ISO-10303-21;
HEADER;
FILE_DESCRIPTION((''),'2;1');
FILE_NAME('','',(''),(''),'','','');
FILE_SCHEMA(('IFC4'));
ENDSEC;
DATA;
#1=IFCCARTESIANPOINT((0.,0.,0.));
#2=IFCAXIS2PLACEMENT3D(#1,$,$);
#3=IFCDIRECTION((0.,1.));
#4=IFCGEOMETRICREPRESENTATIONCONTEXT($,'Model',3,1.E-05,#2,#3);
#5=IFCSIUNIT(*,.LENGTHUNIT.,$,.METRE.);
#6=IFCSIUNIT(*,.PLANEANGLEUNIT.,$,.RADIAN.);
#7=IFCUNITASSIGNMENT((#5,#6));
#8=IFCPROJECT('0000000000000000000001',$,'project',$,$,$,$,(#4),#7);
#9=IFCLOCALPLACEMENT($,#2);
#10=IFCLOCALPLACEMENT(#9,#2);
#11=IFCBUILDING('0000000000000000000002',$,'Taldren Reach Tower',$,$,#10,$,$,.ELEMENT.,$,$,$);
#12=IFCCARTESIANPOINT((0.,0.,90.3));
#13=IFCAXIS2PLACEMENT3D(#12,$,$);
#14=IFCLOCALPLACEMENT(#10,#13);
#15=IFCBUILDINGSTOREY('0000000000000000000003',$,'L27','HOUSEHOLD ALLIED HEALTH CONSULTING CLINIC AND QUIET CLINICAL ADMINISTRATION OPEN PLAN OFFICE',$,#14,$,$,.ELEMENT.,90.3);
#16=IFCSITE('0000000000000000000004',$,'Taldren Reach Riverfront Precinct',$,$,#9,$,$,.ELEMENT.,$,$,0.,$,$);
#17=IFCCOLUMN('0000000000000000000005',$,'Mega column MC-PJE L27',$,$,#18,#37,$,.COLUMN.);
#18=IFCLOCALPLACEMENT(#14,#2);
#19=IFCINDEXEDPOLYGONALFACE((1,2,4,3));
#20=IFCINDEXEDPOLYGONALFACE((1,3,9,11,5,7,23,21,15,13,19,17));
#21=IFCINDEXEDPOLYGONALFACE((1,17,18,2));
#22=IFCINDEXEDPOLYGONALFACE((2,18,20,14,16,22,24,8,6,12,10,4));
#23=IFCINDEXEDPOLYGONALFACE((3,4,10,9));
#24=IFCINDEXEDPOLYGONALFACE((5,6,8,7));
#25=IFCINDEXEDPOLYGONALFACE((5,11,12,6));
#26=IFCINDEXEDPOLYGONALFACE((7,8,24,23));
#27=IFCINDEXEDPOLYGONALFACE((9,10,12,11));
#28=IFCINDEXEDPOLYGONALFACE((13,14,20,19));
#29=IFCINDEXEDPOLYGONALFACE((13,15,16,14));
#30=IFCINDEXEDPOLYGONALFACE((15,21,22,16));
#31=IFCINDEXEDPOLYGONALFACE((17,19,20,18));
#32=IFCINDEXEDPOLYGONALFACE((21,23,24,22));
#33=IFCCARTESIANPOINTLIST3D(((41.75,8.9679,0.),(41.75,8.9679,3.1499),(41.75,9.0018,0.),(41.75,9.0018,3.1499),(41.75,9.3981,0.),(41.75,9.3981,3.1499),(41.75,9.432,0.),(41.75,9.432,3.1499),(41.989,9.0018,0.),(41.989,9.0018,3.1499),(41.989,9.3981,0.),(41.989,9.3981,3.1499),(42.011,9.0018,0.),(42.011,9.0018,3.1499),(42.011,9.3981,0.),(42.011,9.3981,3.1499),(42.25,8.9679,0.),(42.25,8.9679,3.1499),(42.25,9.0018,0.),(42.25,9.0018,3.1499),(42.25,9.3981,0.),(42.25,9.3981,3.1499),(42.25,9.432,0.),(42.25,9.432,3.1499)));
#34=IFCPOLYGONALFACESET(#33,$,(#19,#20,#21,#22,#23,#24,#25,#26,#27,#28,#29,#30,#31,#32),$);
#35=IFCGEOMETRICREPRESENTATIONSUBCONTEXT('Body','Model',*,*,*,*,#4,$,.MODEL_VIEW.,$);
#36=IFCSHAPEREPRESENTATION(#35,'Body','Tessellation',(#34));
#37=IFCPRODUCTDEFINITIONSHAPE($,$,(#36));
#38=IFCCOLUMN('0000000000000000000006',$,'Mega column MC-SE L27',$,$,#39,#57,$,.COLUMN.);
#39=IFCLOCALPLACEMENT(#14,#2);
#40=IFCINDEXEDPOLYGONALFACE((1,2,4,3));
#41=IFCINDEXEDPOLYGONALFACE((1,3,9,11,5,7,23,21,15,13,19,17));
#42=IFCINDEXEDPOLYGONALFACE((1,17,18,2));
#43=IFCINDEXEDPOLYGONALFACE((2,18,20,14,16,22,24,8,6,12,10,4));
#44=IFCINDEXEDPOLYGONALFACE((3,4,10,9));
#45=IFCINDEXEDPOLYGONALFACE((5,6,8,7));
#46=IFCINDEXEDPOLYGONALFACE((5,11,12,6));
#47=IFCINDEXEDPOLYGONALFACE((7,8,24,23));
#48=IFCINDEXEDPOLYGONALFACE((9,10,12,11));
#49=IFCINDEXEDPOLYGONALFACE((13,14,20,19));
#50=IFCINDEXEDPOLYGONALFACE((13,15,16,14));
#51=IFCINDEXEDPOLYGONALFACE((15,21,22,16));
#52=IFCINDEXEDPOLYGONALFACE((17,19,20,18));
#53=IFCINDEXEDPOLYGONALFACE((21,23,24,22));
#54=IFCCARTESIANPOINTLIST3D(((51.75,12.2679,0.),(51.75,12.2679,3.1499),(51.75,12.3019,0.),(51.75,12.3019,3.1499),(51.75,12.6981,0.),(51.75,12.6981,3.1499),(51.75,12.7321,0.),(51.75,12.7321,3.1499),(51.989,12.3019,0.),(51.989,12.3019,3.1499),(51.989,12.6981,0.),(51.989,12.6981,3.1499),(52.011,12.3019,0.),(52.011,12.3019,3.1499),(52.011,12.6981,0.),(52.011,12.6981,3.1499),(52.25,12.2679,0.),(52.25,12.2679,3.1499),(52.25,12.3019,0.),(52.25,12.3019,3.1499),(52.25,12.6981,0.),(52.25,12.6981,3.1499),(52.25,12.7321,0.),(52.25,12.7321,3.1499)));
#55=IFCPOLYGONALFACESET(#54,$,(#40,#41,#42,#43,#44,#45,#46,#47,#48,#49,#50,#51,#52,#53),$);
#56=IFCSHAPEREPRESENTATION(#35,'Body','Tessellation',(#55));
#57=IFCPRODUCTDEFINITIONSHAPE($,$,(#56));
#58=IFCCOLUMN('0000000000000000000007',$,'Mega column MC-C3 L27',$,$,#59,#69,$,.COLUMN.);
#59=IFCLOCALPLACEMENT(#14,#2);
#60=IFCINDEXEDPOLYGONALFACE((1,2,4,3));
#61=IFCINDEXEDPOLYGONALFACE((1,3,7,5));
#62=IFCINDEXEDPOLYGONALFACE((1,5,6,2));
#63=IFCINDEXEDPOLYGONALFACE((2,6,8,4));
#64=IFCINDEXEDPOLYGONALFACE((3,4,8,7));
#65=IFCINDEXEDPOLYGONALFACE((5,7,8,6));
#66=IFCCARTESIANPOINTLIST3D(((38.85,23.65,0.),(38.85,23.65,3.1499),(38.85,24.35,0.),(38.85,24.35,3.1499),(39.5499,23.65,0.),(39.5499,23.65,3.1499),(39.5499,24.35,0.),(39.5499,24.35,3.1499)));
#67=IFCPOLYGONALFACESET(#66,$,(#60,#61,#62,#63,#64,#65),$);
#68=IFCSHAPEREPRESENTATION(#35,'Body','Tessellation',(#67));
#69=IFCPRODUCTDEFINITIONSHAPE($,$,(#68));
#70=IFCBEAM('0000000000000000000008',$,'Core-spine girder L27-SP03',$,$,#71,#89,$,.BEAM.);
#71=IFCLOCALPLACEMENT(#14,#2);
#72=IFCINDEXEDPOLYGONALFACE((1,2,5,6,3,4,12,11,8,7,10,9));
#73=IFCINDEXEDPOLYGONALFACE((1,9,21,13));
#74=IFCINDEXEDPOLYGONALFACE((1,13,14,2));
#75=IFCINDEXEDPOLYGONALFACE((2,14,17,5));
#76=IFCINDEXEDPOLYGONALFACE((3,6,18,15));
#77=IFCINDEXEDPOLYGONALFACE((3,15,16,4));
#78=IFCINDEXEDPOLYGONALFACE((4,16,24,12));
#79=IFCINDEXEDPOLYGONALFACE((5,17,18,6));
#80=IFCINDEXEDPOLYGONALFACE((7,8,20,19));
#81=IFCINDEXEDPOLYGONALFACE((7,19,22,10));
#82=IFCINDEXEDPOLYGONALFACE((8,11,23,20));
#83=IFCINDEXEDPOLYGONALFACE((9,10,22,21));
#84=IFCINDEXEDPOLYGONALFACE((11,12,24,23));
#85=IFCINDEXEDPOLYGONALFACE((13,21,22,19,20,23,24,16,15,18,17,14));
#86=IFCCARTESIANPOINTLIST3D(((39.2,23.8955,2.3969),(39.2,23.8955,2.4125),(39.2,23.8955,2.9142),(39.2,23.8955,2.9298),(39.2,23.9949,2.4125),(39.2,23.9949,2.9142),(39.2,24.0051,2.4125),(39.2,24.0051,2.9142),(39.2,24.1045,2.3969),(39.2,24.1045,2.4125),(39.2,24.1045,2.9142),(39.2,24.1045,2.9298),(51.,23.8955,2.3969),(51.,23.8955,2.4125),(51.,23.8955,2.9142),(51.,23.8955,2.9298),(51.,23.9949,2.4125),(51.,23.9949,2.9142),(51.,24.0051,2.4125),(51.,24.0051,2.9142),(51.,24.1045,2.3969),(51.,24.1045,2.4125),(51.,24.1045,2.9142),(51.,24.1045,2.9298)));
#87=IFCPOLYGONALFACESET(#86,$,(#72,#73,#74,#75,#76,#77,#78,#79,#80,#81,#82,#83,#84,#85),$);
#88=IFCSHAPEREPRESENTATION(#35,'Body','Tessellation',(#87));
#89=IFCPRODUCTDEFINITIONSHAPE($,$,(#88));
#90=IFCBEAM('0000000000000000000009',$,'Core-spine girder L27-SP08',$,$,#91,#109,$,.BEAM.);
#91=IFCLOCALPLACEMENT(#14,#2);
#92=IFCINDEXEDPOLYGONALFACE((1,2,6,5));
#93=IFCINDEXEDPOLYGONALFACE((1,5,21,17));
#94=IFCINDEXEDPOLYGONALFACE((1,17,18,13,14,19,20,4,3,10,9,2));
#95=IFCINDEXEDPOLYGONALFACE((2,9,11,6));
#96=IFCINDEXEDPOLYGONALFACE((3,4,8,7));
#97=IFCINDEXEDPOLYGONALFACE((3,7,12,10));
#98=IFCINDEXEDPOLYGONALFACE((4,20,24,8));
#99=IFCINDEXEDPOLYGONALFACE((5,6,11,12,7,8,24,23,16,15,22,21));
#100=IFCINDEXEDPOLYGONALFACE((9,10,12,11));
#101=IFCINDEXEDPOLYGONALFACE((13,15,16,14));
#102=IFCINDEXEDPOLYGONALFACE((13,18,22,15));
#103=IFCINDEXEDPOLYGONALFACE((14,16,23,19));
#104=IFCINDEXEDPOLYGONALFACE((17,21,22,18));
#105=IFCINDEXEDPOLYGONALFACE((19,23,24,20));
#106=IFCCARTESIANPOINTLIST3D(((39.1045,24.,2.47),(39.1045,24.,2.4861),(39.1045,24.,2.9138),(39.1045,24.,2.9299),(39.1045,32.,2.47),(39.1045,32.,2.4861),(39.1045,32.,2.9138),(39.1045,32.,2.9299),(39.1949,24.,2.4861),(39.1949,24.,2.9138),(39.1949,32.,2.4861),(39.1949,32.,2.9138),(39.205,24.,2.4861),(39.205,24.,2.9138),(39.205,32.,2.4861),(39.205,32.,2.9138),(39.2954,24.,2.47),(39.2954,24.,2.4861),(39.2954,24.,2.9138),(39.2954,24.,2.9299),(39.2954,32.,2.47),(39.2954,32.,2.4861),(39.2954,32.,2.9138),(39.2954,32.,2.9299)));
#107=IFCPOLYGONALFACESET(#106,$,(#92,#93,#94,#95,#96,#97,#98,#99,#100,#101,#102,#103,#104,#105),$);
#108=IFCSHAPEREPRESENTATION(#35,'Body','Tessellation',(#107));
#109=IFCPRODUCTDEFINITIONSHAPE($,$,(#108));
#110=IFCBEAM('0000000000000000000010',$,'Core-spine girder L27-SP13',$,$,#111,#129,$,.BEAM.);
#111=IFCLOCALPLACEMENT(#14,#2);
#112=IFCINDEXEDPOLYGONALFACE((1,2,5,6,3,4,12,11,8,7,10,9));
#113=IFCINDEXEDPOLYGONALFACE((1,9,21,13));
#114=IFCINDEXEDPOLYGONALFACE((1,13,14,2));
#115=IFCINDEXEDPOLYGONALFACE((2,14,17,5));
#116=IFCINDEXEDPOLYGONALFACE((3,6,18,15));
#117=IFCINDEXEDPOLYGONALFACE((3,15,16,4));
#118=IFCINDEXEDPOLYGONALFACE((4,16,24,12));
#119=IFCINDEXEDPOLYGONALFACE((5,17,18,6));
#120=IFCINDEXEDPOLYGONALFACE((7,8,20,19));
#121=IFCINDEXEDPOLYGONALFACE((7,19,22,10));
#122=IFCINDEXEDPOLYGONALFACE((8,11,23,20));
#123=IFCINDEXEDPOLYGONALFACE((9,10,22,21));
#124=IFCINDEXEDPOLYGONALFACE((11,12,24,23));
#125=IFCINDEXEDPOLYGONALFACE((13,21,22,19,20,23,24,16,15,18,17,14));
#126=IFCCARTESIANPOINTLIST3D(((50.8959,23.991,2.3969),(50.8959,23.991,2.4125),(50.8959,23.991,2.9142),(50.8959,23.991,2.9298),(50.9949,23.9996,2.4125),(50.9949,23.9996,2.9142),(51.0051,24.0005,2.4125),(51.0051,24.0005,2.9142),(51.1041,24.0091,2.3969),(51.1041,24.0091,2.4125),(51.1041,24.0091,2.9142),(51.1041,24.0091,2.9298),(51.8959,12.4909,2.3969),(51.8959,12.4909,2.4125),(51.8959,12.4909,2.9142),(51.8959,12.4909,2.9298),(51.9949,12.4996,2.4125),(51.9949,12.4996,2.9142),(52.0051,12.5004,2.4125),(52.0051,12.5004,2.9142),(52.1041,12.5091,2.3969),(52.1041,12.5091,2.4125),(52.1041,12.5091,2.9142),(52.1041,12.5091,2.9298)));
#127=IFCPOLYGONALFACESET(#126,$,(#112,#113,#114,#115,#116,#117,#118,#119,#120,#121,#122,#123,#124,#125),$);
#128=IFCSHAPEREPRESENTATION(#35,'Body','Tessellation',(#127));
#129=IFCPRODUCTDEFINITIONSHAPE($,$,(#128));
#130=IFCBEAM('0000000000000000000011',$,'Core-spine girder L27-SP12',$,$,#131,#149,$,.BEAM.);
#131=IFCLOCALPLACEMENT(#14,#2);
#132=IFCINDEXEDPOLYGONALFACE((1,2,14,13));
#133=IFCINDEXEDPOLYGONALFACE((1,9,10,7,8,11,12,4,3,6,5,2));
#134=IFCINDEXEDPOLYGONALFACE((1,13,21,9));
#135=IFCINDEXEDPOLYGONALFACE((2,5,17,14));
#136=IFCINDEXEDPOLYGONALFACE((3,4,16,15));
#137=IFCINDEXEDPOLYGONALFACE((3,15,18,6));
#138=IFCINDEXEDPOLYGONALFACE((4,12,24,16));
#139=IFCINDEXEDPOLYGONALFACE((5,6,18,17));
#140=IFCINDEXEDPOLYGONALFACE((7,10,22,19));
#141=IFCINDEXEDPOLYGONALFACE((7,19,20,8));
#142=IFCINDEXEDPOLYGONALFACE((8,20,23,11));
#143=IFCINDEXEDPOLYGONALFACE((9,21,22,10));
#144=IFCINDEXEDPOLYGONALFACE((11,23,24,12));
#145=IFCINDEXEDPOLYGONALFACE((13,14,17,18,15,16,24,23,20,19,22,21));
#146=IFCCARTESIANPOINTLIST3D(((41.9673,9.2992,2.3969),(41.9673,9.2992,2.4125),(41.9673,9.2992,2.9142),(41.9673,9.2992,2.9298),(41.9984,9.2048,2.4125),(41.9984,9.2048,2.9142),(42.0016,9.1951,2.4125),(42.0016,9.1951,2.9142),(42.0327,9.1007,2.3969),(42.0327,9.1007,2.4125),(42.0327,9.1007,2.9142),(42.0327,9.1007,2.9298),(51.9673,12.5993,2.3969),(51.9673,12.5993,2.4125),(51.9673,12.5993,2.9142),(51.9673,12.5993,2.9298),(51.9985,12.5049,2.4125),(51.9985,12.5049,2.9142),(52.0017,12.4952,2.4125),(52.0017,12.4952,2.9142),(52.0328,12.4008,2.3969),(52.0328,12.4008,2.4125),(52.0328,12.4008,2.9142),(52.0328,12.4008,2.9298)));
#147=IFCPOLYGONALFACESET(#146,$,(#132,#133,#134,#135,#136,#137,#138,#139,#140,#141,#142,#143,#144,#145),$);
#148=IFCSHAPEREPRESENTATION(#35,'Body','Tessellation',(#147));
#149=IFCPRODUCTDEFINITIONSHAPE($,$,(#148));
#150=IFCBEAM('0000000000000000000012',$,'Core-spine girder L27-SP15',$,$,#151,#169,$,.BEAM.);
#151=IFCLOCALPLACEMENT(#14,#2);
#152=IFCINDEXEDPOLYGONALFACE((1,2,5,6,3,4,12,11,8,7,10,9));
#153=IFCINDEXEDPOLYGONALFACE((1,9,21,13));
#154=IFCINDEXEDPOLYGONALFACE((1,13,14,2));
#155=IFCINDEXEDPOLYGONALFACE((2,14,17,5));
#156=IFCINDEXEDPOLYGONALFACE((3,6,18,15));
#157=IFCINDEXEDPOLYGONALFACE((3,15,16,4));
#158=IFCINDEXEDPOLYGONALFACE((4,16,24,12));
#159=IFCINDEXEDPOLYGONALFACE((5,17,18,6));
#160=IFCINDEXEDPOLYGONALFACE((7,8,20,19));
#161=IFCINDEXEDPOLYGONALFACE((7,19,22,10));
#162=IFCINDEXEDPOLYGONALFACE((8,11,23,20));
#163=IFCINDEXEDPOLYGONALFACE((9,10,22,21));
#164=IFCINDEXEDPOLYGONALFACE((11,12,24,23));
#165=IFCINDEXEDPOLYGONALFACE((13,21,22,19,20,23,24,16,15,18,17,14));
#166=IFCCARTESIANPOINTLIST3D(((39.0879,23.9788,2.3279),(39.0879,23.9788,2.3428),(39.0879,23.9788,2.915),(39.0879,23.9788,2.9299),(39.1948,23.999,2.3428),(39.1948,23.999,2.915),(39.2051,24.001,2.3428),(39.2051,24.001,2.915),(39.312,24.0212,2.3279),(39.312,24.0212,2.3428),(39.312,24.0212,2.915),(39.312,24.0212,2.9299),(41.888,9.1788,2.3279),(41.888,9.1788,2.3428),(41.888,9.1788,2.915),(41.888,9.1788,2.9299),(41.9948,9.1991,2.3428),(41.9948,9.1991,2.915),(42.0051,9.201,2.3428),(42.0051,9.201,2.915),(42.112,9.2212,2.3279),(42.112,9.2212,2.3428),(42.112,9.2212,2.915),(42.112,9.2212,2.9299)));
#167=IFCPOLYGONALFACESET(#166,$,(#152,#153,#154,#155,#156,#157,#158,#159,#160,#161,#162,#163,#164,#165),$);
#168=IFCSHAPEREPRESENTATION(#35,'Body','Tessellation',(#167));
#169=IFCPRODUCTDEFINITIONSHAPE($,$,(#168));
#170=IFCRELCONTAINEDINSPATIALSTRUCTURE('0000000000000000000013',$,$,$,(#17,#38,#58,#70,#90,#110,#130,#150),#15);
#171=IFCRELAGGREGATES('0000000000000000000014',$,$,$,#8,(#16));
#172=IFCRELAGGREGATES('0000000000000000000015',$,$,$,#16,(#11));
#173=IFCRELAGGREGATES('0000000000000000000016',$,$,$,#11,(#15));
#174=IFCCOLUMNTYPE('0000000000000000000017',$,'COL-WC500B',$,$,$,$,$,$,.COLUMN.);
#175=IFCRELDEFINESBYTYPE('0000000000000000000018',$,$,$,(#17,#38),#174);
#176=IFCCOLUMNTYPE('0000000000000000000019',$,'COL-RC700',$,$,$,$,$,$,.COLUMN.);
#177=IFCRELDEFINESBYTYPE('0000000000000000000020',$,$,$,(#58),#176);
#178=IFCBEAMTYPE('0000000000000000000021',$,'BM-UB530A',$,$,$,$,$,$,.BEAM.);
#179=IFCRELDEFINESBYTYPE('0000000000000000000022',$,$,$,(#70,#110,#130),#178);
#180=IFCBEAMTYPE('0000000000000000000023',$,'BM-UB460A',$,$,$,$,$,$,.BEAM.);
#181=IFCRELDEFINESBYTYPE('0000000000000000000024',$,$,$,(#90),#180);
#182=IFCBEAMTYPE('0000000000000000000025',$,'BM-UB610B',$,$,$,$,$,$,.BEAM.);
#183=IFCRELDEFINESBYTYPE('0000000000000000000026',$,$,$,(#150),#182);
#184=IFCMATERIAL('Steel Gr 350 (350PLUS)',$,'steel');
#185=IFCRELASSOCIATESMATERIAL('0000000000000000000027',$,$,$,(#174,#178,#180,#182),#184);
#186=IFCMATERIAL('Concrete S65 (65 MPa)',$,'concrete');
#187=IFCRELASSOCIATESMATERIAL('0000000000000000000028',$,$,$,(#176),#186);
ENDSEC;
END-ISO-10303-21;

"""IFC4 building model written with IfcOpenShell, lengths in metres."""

from ifc_helpers import new_model, si_unit, direction, frame, origin, origin_2d, place, context, subcontext, project, spatial, rectangle, i_section, extrude, source, transform, mapped, material, material_profile, profile_set, type_object, element, save


model = new_model("IFC4")

# Units and contexts
model_context = context("Model", 3, precision=1e-05, world=origin(), true_north=direction((0.0, 1.0)))
body_context = subcontext(model_context, "Body", "Model", "MODEL_VIEW")
ifc_project = project(units=[si_unit("LENGTHUNIT", "METRE"), si_unit("PLANEANGLEUNIT", "RADIAN")], contexts=[model_context])

# Site, building, storey
site_placement = place(None, origin())
site = spatial("IfcSite", under=ifc_project, at=site_placement, Name="Taldren Reach Riverfront Precinct", CompositionType="ELEMENT", RefElevation=0.0)
building_placement = place(site_placement, origin())
building = spatial("IfcBuilding", under=site, at=building_placement, Name="Taldren Reach Tower", CompositionType="ELEMENT")
storey_placement = place(building_placement, frame((0.0, 0.0, 90.3)))
storey = spatial("IfcBuildingStorey", under=building, at=storey_placement, Name="L27", Description="HOUSEHOLD ALLIED HEALTH CONSULTING CLINIC AND QUIET CLINICAL ADMINISTRATION OPEN PLAN OFFICE", CompositionType="ELEMENT", Elevation=90.3)

# Columns
ifc_material_1 = material(Name="Steel Gr 350 (350PLUS)", Category="steel")
ifc_material_profile_1 = material_profile(ifc_material_1, i_section(OverallWidth=0.5, OverallDepth=0.4641, WebThickness=0.022, FlangeThickness=0.0339, at=origin_2d()), Name="500WC340")
ifc_profile_set_1 = profile_set([ifc_material_profile_1], Name="Steel Gr 350 (350PLUS)")
column_type_1 = type_object("IfcColumnType", Name="COL-WC500B", PredefinedType="COLUMN", material=ifc_profile_set_1)
shared_shape_1 = source(origin(), body_context, "Body", "SweptSolid", [
    extrude(i_section(OverallWidth=0.5, OverallDepth=0.4641, WebThickness=0.022, FlangeThickness=0.0339, at=origin_2d()), origin(), (0.0, 0.0, 1.0), 3.1499),
])
for number, where, z_axis, x_axis, name in (
    (1, (42.0, 9.2, 0.0), (0.0, 0.0, 1.0), (1.0, 0.0, 0.0), "Mega column MC-PJE L27"),
    (2, (52.0, 12.5, 0.0), (0.0, 0.0, 1.0), (1.0, 0.0, 0.0), "Mega column MC-SE L27"),
):
    element("IfcColumn", number, at=place(storey_placement, frame(where, z_axis=z_axis, x_axis=x_axis)), inside=storey, type_object=column_type_1, Name=name, PredefinedType="COLUMN", context=body_context, shape_type="MappedRepresentation", body=[
        mapped(shared_shape_1, transform((0.0, 0.0, 0.0), scale=1.0)),
    ])
ifc_material_2 = material(Name="Concrete S65 (65 MPa)", Category="concrete")
ifc_material_profile_2 = material_profile(ifc_material_2, rectangle(XDim=0.7, YDim=0.7, at=origin_2d()), Name="RC-700x700")
ifc_profile_set_2 = profile_set([ifc_material_profile_2], Name="Concrete S65 (65 MPa)")
column_type_2 = type_object("IfcColumnType", Name="COL-RC700", PredefinedType="COLUMN", material=ifc_profile_set_2)
shared_shape_2 = source(origin(), body_context, "Body", "SweptSolid", [
    extrude(rectangle(XDim=0.7, YDim=0.7, at=origin_2d()), origin(), (0.0, 0.0, 1.0), 3.1499),
])
column_placement = place(storey_placement, frame((39.2, 24.0, 0.0), z_axis=(0.0, 0.0, 1.0), x_axis=(1.0, 0.0, 0.0)))
element("IfcColumn", 3, at=column_placement, inside=storey, type_object=column_type_2, Name="Mega column MC-C3 L27", PredefinedType="COLUMN", context=body_context, shape_type="MappedRepresentation", body=[
    mapped(shared_shape_2, transform((0.0, 0.0, 0.0), scale=1.0)),
])

# Beams
ifc_material_profile_3 = material_profile(ifc_material_1, i_section(OverallWidth=0.209, OverallDepth=0.533, WebThickness=0.0103, FlangeThickness=0.0156, at=origin_2d()), Name="530UB92.4")
ifc_profile_set_3 = profile_set([ifc_material_profile_3], Name="Steel Gr 350 (350PLUS)")
beam_type_1 = type_object("IfcBeamType", Name="BM-UB530A", PredefinedType="BEAM", material=ifc_profile_set_3)
shared_shape_3 = source(origin(), body_context, "Body", "SweptSolid", [
    extrude(i_section(OverallWidth=0.209, OverallDepth=0.533, WebThickness=0.0103, FlangeThickness=0.0156, at=origin_2d()), origin(), (0.0, 0.0, 1.0), 11.8),
])
beam_1_placement = place(storey_placement, frame((39.2, 24.0, 2.6633), z_axis=(1.0, 0.0, 0.0), x_axis=(0.0, 1.0, 0.0)))
element("IfcBeam", 4, at=beam_1_placement, inside=storey, type_object=beam_type_1, Name="Core-spine girder L27-SP03", PredefinedType="BEAM", context=body_context, shape_type="MappedRepresentation", body=[
    mapped(shared_shape_3, transform((0.0, 0.0, 0.0), scale=1.0)),
])
ifc_material_profile_4 = material_profile(ifc_material_1, i_section(OverallWidth=0.1909, OverallDepth=0.46, WebThickness=0.01, FlangeThickness=0.0161, at=origin_2d()), Name="460UB82.1")
ifc_profile_set_4 = profile_set([ifc_material_profile_4], Name="Steel Gr 350 (350PLUS)")
beam_type_2 = type_object("IfcBeamType", Name="BM-UB460A", PredefinedType="BEAM", material=ifc_profile_set_4)
shared_shape_4 = source(origin(), body_context, "Body", "SweptSolid", [
    extrude(i_section(OverallWidth=0.1909, OverallDepth=0.46, WebThickness=0.01, FlangeThickness=0.0161, at=origin_2d()), origin(), (0.0, 0.0, 1.0), 8.0),
])
beam_2_placement = place(storey_placement, frame((39.2, 24.0, 2.7), z_axis=(0.0, 1.0, 0.0), x_axis=(-1.0, 0.0, 0.0)))
element("IfcBeam", 5, at=beam_2_placement, inside=storey, type_object=beam_type_2, Name="Core-spine girder L27-SP08", PredefinedType="BEAM", context=body_context, shape_type="MappedRepresentation", body=[
    mapped(shared_shape_4, transform((0.0, 0.0, 0.0), scale=1.0)),
])
shared_shape_5 = source(origin(), body_context, "Body", "SweptSolid", [
    extrude(i_section(OverallWidth=0.209, OverallDepth=0.533, WebThickness=0.0103, FlangeThickness=0.0156, at=origin_2d()), origin(), (0.0, 0.0, 1.0), 11.5435),
])
beam_3_placement = place(storey_placement, frame((52.0, 12.5, 2.6633), z_axis=(-0.08663, 0.996241, 0.0), x_axis=(-0.996241, -0.08663, 0.0)))
element("IfcBeam", 6, at=beam_3_placement, inside=storey, type_object=beam_type_1, Name="Core-spine girder L27-SP13", PredefinedType="BEAM", context=body_context, shape_type="MappedRepresentation", body=[
    mapped(shared_shape_5, transform((0.0, 0.0, 0.0), scale=1.0)),
])
shared_shape_6 = source(origin(), body_context, "Body", "SweptSolid", [
    extrude(i_section(OverallWidth=0.209, OverallDepth=0.533, WebThickness=0.0103, FlangeThickness=0.0156, at=origin_2d()), origin(), (0.0, 0.0, 1.0), 10.5305),
])
beam_4_placement = place(storey_placement, frame((42.0, 9.2, 2.6633), z_axis=(0.949627, 0.313382, 0.0), x_axis=(-0.313382, 0.949627, 0.0)))
element("IfcBeam", 7, at=beam_4_placement, inside=storey, type_object=beam_type_1, Name="Core-spine girder L27-SP12", PredefinedType="BEAM", context=body_context, shape_type="MappedRepresentation", body=[
    mapped(shared_shape_6, transform((0.0, 0.0, 0.0), scale=1.0)),
])
ifc_material_profile_5 = material_profile(ifc_material_1, i_section(OverallWidth=0.228, OverallDepth=0.6021, WebThickness=0.0105, FlangeThickness=0.0149, at=origin_2d()), Name="610UB101")
ifc_profile_set_5 = profile_set([ifc_material_profile_5], Name="Steel Gr 350 (350PLUS)")
beam_type_3 = type_object("IfcBeamType", Name="BM-UB610B", PredefinedType="BEAM", material=ifc_profile_set_5)
shared_shape_7 = source(origin(), body_context, "Body", "SweptSolid", [
    extrude(i_section(OverallWidth=0.228, OverallDepth=0.6021, WebThickness=0.0105, FlangeThickness=0.0149, at=origin_2d()), origin(), (0.0, 0.0, 1.0), 15.0625),
])
beam_5_placement = place(storey_placement, frame((39.2, 24.0, 2.6289), z_axis=(0.185894, -0.98257, 0.0), x_axis=(0.98257, 0.185894, 0.0)))
element("IfcBeam", 8, at=beam_5_placement, inside=storey, type_object=beam_type_3, Name="Core-spine girder L27-SP15", PredefinedType="BEAM", context=body_context, shape_type="MappedRepresentation", body=[
    mapped(shared_shape_7, transform((0.0, 0.0, 0.0), scale=1.0)),
])

save(model, "model.ifc")
